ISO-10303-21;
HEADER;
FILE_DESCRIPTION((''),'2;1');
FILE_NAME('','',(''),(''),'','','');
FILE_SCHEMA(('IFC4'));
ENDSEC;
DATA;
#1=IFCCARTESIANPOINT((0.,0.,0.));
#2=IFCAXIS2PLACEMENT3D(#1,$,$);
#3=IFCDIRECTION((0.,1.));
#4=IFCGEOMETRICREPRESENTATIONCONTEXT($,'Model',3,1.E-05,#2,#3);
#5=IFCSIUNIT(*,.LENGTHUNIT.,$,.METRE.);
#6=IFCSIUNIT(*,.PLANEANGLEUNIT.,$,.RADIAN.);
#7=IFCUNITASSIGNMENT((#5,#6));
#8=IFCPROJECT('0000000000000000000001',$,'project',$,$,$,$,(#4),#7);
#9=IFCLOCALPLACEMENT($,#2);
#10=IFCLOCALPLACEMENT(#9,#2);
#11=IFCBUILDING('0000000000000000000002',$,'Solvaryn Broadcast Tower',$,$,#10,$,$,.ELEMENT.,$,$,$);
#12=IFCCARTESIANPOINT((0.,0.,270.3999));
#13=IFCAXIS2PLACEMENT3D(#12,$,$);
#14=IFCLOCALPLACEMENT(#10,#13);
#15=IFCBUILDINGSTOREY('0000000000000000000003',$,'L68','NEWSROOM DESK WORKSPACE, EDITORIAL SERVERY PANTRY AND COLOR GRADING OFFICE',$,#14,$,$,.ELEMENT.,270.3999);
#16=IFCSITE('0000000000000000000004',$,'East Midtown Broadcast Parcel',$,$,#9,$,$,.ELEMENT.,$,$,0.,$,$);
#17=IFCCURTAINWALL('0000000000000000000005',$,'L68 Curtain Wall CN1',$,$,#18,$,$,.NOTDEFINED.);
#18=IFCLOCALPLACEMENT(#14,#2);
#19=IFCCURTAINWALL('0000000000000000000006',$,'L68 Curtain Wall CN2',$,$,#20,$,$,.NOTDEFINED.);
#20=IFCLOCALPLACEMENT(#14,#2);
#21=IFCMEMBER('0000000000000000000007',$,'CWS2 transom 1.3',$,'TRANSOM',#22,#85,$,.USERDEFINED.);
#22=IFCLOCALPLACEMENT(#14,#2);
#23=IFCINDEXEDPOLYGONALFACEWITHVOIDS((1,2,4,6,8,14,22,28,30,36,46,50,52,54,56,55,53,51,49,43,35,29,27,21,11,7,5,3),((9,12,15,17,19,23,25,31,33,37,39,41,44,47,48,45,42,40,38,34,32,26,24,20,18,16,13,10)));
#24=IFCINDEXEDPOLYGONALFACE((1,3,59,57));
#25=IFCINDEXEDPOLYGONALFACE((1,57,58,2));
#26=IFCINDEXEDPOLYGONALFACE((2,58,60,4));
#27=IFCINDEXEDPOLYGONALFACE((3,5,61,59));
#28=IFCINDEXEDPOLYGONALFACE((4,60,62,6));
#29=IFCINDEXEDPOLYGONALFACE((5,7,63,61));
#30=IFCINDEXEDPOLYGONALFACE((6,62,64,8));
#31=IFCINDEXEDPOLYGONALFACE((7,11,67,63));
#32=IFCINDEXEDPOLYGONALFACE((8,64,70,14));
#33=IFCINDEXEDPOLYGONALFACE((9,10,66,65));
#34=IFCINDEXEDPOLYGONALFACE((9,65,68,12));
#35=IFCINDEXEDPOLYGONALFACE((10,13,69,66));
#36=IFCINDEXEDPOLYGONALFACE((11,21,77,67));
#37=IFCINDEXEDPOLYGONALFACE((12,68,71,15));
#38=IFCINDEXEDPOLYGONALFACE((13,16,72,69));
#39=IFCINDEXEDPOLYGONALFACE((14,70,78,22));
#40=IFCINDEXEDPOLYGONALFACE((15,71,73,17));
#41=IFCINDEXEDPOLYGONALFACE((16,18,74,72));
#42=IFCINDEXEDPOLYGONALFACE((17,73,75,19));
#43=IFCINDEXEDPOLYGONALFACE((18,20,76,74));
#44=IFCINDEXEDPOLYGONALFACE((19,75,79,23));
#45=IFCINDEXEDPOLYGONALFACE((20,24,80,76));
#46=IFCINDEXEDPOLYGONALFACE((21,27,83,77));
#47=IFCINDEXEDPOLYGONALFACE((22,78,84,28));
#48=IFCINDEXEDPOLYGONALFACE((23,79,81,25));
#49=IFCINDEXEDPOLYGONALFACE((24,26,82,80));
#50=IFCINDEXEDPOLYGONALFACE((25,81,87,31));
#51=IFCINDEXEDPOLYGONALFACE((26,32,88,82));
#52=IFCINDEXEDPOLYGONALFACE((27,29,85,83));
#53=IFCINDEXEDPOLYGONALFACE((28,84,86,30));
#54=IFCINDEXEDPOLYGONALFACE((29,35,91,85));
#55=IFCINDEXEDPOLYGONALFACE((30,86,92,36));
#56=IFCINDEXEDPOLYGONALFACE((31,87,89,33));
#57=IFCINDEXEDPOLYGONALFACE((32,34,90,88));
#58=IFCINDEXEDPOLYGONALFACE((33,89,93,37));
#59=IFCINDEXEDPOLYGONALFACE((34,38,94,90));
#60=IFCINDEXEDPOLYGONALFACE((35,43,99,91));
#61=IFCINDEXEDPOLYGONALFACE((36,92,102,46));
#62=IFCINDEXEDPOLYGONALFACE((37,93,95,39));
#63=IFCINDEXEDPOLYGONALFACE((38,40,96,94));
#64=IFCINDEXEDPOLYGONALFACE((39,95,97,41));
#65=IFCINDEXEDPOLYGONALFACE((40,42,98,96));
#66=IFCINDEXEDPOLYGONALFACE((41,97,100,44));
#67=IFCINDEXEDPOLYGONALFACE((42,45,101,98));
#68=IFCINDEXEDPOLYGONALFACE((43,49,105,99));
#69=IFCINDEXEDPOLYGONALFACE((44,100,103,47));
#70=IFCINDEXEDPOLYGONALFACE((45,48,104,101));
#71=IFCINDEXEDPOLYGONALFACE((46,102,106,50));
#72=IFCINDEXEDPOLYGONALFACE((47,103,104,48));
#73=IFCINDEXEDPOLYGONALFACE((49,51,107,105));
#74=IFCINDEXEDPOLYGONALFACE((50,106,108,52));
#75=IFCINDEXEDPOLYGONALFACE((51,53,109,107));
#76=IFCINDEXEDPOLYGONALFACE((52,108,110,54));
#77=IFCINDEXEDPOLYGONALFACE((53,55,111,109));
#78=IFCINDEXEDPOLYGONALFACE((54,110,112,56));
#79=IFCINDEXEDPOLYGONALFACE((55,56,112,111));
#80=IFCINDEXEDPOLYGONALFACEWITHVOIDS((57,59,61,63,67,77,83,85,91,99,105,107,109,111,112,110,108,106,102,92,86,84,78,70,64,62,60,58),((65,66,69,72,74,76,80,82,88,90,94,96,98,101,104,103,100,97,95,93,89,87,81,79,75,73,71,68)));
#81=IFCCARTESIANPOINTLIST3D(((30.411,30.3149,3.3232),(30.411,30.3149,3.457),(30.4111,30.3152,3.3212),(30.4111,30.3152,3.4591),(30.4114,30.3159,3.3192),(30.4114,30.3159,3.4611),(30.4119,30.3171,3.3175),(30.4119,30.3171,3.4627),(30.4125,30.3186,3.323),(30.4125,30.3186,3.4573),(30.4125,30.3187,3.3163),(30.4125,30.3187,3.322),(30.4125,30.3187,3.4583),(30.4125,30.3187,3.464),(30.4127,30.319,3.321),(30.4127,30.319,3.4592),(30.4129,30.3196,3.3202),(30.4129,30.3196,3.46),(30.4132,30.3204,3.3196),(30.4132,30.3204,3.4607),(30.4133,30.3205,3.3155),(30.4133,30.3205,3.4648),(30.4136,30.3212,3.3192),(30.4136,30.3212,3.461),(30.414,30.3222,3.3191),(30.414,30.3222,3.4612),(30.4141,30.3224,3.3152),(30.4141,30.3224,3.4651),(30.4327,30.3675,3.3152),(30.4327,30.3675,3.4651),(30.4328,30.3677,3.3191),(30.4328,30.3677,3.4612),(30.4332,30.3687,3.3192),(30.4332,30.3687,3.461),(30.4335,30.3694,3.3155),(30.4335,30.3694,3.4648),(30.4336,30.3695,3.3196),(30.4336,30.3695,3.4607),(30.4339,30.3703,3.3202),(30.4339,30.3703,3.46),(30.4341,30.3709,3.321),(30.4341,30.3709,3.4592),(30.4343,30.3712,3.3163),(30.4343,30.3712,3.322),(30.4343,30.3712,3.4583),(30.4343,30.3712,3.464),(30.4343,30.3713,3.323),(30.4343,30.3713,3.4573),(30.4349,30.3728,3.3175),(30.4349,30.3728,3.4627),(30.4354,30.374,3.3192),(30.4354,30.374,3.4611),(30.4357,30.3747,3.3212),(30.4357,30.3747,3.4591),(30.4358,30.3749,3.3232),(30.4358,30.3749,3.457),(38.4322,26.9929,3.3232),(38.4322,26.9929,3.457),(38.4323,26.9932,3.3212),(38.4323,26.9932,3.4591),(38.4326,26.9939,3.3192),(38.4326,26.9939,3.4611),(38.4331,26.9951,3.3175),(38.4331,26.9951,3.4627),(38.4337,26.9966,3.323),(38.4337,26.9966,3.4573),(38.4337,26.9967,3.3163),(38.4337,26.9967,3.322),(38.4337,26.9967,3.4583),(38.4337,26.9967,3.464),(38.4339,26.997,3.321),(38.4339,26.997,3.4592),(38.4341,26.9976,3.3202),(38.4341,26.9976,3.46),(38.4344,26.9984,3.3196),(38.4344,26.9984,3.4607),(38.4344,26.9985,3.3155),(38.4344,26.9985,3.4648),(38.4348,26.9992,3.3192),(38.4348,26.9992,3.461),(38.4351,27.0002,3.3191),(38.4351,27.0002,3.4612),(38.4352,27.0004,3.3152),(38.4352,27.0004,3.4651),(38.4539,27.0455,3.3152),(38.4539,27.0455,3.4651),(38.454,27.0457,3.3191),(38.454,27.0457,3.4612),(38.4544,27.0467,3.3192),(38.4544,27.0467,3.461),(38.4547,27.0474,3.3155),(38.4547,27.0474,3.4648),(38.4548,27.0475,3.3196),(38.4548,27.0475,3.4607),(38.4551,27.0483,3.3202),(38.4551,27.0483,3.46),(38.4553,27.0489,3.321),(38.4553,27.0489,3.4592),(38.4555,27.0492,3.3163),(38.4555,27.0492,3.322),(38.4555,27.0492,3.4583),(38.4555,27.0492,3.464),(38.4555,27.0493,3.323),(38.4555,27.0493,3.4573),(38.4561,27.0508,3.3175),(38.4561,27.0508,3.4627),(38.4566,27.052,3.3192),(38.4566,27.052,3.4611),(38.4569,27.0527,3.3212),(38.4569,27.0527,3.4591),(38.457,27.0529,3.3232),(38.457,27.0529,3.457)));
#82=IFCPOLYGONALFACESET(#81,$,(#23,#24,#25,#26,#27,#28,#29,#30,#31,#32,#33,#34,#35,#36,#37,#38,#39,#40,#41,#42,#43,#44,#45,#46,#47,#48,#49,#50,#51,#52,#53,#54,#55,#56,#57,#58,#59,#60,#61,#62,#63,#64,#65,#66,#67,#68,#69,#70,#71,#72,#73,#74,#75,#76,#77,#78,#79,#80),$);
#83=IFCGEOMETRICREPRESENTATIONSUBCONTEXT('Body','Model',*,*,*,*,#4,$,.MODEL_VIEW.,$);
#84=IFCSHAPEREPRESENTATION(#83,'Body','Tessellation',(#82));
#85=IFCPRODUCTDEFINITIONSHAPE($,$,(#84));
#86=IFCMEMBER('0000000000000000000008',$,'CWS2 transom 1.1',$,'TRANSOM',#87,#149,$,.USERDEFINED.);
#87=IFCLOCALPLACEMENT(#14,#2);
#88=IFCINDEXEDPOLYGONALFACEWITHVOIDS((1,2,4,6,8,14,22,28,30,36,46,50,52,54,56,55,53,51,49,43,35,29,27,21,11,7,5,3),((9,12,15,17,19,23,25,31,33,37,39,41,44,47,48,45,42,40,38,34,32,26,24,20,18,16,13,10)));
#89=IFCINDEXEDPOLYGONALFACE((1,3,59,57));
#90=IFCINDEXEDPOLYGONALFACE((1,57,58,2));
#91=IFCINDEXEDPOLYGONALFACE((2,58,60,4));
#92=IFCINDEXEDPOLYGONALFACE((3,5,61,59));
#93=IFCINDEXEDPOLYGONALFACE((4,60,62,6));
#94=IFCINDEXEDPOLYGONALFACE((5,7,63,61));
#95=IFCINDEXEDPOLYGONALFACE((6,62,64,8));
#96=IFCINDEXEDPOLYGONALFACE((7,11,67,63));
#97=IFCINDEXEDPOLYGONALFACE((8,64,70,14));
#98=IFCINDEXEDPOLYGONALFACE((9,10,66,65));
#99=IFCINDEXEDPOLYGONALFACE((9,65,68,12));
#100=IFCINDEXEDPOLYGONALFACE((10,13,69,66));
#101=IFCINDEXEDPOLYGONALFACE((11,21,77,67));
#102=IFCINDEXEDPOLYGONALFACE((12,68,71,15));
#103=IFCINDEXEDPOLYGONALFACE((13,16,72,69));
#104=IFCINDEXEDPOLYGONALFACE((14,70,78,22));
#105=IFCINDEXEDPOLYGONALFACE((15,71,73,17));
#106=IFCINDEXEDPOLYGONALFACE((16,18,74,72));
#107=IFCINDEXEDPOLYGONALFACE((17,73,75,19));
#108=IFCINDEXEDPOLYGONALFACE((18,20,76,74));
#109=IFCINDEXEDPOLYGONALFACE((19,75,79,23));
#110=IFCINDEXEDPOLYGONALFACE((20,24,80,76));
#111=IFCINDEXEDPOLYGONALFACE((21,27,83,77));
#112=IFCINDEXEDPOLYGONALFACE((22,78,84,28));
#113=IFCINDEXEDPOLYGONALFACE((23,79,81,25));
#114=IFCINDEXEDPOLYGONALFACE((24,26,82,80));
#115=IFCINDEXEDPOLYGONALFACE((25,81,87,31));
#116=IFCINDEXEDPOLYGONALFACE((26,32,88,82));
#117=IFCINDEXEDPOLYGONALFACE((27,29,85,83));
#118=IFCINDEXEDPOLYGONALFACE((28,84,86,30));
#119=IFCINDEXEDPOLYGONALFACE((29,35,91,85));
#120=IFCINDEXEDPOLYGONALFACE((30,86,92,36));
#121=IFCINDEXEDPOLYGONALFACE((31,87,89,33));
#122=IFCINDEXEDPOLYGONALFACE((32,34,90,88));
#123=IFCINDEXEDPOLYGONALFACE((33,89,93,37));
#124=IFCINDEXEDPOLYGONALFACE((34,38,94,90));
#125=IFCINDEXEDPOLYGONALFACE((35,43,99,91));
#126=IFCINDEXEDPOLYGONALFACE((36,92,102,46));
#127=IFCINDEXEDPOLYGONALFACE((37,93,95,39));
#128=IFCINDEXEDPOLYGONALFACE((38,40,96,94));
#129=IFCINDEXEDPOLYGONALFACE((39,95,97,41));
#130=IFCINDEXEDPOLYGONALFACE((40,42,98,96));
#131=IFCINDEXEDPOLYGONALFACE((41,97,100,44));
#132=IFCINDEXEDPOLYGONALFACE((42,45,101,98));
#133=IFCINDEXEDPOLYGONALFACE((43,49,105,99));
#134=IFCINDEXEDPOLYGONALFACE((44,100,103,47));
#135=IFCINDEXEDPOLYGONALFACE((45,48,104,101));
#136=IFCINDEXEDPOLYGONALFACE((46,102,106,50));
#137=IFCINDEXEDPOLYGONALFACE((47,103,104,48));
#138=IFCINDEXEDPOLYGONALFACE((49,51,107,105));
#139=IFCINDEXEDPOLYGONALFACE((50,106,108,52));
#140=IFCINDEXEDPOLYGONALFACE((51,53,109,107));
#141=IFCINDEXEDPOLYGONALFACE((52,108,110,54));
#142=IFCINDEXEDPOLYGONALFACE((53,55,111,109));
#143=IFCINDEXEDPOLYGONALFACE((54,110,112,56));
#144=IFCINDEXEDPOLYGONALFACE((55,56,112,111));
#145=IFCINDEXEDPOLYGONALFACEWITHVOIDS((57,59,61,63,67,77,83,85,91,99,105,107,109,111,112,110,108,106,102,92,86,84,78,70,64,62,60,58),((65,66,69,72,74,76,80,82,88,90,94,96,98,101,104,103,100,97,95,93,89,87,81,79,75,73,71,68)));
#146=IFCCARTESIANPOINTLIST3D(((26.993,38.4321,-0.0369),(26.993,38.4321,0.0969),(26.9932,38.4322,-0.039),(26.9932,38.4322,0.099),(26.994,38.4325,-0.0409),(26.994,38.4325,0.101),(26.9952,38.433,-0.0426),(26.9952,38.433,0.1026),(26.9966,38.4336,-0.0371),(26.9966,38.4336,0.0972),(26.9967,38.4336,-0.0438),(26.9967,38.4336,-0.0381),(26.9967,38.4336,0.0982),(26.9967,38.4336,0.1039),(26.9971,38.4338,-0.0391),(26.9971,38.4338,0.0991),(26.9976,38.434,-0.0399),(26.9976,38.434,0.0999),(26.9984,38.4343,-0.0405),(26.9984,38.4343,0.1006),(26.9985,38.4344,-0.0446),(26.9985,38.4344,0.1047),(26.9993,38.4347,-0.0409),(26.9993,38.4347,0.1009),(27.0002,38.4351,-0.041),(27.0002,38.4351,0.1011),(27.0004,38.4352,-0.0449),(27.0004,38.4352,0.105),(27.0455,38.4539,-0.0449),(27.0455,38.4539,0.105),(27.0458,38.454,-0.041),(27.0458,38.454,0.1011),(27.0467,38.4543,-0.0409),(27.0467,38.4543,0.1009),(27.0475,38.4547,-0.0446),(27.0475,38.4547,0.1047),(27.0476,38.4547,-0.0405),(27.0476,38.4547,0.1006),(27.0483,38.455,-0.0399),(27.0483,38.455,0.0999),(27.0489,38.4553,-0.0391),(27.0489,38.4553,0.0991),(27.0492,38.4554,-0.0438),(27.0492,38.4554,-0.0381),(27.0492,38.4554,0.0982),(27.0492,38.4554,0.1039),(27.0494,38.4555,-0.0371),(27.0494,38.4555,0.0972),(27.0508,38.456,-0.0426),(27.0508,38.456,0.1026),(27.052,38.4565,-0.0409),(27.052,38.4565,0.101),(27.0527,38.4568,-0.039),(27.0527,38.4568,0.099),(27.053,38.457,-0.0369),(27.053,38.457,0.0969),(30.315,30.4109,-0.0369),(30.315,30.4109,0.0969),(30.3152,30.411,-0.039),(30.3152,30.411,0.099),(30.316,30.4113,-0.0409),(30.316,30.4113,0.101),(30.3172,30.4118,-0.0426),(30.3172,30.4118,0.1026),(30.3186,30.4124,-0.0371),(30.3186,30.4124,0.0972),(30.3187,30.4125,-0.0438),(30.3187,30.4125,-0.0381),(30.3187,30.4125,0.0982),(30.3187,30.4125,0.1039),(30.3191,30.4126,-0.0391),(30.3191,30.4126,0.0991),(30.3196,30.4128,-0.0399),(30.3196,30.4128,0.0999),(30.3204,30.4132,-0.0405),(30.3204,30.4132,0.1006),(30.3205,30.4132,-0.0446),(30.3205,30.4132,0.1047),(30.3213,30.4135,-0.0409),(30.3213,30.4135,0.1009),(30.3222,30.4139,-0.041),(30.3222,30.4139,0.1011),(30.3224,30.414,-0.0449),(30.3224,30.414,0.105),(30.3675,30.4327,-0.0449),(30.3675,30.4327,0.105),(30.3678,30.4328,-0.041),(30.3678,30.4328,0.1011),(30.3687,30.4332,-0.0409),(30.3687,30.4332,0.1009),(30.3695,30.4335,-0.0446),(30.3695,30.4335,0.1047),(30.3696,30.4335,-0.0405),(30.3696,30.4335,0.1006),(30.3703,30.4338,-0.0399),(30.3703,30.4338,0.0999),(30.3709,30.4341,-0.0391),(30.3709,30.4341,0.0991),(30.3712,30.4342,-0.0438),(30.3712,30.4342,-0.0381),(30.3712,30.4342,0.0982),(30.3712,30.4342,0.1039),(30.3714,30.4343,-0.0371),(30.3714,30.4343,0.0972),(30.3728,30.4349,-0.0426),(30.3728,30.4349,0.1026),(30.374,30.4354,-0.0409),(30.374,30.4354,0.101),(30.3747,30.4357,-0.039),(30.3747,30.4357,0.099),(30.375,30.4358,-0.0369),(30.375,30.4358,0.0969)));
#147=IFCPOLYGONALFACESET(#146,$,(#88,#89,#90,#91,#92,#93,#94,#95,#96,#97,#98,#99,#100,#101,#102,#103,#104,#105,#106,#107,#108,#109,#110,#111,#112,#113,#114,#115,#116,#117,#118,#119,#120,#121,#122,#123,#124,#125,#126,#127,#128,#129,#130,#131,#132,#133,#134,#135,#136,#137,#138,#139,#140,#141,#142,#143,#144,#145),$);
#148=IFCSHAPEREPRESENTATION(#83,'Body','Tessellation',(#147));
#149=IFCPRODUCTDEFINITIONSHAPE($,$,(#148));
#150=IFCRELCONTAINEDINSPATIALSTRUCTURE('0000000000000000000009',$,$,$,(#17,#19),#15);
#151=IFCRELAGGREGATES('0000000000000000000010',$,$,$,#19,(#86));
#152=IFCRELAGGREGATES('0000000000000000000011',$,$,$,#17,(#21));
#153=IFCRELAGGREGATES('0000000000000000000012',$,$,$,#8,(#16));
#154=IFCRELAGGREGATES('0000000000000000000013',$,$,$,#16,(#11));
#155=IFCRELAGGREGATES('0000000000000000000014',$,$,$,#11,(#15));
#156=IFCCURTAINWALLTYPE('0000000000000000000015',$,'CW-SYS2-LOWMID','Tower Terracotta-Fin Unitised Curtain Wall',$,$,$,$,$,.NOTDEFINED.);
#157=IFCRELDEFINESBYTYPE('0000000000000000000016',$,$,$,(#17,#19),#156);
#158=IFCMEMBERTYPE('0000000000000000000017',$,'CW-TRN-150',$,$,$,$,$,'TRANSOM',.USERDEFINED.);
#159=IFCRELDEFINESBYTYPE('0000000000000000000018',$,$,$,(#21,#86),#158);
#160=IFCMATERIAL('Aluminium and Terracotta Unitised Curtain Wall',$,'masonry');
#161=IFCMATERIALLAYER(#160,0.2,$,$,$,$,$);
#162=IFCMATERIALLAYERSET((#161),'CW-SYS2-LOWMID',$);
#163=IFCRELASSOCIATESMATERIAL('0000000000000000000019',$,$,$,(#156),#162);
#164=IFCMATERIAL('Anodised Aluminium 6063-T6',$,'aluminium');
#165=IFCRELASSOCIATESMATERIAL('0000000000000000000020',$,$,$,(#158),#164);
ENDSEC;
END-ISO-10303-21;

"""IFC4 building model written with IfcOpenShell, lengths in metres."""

from ifc_helpers import new_model, si_unit, direction, frame, origin, origin_2d, place, context, subcontext, project, spatial, hollow_rectangle, extrude, material, layer, layer_set, material_profile, profile_set, type_object, element, aggregate, save


model = new_model("IFC4")

# Units and contexts
model_context = context("Model", 3, precision=1e-05, world=origin(), true_north=direction((0.0, 1.0)))
body_context = subcontext(model_context, "Body", "Model", "MODEL_VIEW")
ifc_project = project(units=[si_unit("LENGTHUNIT", "METRE"), si_unit("PLANEANGLEUNIT", "RADIAN")], contexts=[model_context])

# Site, building, storey
site_placement = place(None, origin())
site = spatial("IfcSite", under=ifc_project, at=site_placement, Name="East Midtown Broadcast Parcel", CompositionType="ELEMENT", RefElevation=0.0)
building_placement = place(site_placement, origin())
building = spatial("IfcBuilding", under=site, at=building_placement, Name="Solvaryn Broadcast Tower", CompositionType="ELEMENT")
storey_placement = place(building_placement, frame((0.0, 0.0, 270.3999)))
storey = spatial("IfcBuildingStorey", under=building, at=storey_placement, Name="L68", Description="NEWSROOM DESK WORKSPACE, EDITORIAL SERVERY PANTRY AND COLOR GRADING OFFICE", CompositionType="ELEMENT", Elevation=270.3999)

# Curtain wall
ifc_material_1 = material(Name="Aluminium and Terracotta Unitised Curtain Wall", Category="masonry")
ifc_layer_1 = layer(ifc_material_1, 0.2)
ifc_layer_set_1 = layer_set([ifc_layer_1], Name="CW-SYS2-LOWMID")
curtain_wall_type = type_object("IfcCurtainWallType", Name="CW-SYS2-LOWMID", Description="Tower Terracotta-Fin Unitised Curtain Wall", PredefinedType="NOTDEFINED", material=ifc_layer_set_1)
curtain_wall_1_placement = place(storey_placement, origin())
curtain_wall_1 = element("IfcCurtainWall", 1, at=curtain_wall_1_placement, inside=storey, type_object=curtain_wall_type, Name="L68 Curtain Wall CN1", PredefinedType="NOTDEFINED")

# Curtain wall
curtain_wall_2_placement = place(storey_placement, origin())
curtain_wall_2 = element("IfcCurtainWall", 2, at=curtain_wall_2_placement, inside=storey, type_object=curtain_wall_type, Name="L68 Curtain Wall CN2", PredefinedType="NOTDEFINED")

# Members
ifc_material_2 = material(Name="Anodised Aluminium 6063-T6", Category="aluminium")
ifc_material_profile_1 = material_profile(ifc_material_2, hollow_rectangle(XDim=0.0649, YDim=0.1499, WallThickness=0.0039, InnerFilletRadius=0.0039, OuterFilletRadius=0.0081, at=origin_2d()))
ifc_profile_set_1 = profile_set([ifc_material_profile_1], Name="Anodised Aluminium 6063-T6")
member_type_1 = type_object("IfcMemberType", Name="CW-TRN-150", ElementType="TRANSOM", PredefinedType="USERDEFINED", material=ifc_profile_set_1)
member_1_placement = place(storey_placement, frame((38.4446, 27.0229, 3.3901), z_axis=(-0.923899, 0.382636, 0.0), x_axis=(-0.382636, -0.923899, 0.0)))
member_1 = element("IfcMember", 3, at=member_1_placement, type_object=member_type_1, Name="CWS2 transom 1.3", ObjectType="TRANSOM", PredefinedType="USERDEFINED", context=body_context, shape_type="SweptSolid", body=[
    extrude(hollow_rectangle(XDim=0.0649, YDim=0.1499, WallThickness=0.0039, InnerFilletRadius=0.0039, OuterFilletRadius=0.0081, at=origin_2d()), origin(), (0.0, 0.0, 1.0), 8.6819),
])
member_2_placement = place(storey_placement, frame((30.345, 30.4233, 0.03), z_axis=(-0.382636, 0.923899, 0.0), x_axis=(-0.923899, -0.382636, 0.0)))
member_2 = element("IfcMember", 4, at=member_2_placement, type_object=member_type_1, Name="CWS2 transom 1.1", ObjectType="TRANSOM", PredefinedType="USERDEFINED", context=body_context, shape_type="SweptSolid", body=[
    extrude(hollow_rectangle(XDim=0.0649, YDim=0.1499, WallThickness=0.0039, InnerFilletRadius=0.0039, OuterFilletRadius=0.0081, at=origin_2d()), origin(), (0.0, 0.0, 1.0), 8.6819),
])
aggregate(curtain_wall_2, [member_2])

aggregate(curtain_wall_1, [member_1])

save(model, "model.ifc")
